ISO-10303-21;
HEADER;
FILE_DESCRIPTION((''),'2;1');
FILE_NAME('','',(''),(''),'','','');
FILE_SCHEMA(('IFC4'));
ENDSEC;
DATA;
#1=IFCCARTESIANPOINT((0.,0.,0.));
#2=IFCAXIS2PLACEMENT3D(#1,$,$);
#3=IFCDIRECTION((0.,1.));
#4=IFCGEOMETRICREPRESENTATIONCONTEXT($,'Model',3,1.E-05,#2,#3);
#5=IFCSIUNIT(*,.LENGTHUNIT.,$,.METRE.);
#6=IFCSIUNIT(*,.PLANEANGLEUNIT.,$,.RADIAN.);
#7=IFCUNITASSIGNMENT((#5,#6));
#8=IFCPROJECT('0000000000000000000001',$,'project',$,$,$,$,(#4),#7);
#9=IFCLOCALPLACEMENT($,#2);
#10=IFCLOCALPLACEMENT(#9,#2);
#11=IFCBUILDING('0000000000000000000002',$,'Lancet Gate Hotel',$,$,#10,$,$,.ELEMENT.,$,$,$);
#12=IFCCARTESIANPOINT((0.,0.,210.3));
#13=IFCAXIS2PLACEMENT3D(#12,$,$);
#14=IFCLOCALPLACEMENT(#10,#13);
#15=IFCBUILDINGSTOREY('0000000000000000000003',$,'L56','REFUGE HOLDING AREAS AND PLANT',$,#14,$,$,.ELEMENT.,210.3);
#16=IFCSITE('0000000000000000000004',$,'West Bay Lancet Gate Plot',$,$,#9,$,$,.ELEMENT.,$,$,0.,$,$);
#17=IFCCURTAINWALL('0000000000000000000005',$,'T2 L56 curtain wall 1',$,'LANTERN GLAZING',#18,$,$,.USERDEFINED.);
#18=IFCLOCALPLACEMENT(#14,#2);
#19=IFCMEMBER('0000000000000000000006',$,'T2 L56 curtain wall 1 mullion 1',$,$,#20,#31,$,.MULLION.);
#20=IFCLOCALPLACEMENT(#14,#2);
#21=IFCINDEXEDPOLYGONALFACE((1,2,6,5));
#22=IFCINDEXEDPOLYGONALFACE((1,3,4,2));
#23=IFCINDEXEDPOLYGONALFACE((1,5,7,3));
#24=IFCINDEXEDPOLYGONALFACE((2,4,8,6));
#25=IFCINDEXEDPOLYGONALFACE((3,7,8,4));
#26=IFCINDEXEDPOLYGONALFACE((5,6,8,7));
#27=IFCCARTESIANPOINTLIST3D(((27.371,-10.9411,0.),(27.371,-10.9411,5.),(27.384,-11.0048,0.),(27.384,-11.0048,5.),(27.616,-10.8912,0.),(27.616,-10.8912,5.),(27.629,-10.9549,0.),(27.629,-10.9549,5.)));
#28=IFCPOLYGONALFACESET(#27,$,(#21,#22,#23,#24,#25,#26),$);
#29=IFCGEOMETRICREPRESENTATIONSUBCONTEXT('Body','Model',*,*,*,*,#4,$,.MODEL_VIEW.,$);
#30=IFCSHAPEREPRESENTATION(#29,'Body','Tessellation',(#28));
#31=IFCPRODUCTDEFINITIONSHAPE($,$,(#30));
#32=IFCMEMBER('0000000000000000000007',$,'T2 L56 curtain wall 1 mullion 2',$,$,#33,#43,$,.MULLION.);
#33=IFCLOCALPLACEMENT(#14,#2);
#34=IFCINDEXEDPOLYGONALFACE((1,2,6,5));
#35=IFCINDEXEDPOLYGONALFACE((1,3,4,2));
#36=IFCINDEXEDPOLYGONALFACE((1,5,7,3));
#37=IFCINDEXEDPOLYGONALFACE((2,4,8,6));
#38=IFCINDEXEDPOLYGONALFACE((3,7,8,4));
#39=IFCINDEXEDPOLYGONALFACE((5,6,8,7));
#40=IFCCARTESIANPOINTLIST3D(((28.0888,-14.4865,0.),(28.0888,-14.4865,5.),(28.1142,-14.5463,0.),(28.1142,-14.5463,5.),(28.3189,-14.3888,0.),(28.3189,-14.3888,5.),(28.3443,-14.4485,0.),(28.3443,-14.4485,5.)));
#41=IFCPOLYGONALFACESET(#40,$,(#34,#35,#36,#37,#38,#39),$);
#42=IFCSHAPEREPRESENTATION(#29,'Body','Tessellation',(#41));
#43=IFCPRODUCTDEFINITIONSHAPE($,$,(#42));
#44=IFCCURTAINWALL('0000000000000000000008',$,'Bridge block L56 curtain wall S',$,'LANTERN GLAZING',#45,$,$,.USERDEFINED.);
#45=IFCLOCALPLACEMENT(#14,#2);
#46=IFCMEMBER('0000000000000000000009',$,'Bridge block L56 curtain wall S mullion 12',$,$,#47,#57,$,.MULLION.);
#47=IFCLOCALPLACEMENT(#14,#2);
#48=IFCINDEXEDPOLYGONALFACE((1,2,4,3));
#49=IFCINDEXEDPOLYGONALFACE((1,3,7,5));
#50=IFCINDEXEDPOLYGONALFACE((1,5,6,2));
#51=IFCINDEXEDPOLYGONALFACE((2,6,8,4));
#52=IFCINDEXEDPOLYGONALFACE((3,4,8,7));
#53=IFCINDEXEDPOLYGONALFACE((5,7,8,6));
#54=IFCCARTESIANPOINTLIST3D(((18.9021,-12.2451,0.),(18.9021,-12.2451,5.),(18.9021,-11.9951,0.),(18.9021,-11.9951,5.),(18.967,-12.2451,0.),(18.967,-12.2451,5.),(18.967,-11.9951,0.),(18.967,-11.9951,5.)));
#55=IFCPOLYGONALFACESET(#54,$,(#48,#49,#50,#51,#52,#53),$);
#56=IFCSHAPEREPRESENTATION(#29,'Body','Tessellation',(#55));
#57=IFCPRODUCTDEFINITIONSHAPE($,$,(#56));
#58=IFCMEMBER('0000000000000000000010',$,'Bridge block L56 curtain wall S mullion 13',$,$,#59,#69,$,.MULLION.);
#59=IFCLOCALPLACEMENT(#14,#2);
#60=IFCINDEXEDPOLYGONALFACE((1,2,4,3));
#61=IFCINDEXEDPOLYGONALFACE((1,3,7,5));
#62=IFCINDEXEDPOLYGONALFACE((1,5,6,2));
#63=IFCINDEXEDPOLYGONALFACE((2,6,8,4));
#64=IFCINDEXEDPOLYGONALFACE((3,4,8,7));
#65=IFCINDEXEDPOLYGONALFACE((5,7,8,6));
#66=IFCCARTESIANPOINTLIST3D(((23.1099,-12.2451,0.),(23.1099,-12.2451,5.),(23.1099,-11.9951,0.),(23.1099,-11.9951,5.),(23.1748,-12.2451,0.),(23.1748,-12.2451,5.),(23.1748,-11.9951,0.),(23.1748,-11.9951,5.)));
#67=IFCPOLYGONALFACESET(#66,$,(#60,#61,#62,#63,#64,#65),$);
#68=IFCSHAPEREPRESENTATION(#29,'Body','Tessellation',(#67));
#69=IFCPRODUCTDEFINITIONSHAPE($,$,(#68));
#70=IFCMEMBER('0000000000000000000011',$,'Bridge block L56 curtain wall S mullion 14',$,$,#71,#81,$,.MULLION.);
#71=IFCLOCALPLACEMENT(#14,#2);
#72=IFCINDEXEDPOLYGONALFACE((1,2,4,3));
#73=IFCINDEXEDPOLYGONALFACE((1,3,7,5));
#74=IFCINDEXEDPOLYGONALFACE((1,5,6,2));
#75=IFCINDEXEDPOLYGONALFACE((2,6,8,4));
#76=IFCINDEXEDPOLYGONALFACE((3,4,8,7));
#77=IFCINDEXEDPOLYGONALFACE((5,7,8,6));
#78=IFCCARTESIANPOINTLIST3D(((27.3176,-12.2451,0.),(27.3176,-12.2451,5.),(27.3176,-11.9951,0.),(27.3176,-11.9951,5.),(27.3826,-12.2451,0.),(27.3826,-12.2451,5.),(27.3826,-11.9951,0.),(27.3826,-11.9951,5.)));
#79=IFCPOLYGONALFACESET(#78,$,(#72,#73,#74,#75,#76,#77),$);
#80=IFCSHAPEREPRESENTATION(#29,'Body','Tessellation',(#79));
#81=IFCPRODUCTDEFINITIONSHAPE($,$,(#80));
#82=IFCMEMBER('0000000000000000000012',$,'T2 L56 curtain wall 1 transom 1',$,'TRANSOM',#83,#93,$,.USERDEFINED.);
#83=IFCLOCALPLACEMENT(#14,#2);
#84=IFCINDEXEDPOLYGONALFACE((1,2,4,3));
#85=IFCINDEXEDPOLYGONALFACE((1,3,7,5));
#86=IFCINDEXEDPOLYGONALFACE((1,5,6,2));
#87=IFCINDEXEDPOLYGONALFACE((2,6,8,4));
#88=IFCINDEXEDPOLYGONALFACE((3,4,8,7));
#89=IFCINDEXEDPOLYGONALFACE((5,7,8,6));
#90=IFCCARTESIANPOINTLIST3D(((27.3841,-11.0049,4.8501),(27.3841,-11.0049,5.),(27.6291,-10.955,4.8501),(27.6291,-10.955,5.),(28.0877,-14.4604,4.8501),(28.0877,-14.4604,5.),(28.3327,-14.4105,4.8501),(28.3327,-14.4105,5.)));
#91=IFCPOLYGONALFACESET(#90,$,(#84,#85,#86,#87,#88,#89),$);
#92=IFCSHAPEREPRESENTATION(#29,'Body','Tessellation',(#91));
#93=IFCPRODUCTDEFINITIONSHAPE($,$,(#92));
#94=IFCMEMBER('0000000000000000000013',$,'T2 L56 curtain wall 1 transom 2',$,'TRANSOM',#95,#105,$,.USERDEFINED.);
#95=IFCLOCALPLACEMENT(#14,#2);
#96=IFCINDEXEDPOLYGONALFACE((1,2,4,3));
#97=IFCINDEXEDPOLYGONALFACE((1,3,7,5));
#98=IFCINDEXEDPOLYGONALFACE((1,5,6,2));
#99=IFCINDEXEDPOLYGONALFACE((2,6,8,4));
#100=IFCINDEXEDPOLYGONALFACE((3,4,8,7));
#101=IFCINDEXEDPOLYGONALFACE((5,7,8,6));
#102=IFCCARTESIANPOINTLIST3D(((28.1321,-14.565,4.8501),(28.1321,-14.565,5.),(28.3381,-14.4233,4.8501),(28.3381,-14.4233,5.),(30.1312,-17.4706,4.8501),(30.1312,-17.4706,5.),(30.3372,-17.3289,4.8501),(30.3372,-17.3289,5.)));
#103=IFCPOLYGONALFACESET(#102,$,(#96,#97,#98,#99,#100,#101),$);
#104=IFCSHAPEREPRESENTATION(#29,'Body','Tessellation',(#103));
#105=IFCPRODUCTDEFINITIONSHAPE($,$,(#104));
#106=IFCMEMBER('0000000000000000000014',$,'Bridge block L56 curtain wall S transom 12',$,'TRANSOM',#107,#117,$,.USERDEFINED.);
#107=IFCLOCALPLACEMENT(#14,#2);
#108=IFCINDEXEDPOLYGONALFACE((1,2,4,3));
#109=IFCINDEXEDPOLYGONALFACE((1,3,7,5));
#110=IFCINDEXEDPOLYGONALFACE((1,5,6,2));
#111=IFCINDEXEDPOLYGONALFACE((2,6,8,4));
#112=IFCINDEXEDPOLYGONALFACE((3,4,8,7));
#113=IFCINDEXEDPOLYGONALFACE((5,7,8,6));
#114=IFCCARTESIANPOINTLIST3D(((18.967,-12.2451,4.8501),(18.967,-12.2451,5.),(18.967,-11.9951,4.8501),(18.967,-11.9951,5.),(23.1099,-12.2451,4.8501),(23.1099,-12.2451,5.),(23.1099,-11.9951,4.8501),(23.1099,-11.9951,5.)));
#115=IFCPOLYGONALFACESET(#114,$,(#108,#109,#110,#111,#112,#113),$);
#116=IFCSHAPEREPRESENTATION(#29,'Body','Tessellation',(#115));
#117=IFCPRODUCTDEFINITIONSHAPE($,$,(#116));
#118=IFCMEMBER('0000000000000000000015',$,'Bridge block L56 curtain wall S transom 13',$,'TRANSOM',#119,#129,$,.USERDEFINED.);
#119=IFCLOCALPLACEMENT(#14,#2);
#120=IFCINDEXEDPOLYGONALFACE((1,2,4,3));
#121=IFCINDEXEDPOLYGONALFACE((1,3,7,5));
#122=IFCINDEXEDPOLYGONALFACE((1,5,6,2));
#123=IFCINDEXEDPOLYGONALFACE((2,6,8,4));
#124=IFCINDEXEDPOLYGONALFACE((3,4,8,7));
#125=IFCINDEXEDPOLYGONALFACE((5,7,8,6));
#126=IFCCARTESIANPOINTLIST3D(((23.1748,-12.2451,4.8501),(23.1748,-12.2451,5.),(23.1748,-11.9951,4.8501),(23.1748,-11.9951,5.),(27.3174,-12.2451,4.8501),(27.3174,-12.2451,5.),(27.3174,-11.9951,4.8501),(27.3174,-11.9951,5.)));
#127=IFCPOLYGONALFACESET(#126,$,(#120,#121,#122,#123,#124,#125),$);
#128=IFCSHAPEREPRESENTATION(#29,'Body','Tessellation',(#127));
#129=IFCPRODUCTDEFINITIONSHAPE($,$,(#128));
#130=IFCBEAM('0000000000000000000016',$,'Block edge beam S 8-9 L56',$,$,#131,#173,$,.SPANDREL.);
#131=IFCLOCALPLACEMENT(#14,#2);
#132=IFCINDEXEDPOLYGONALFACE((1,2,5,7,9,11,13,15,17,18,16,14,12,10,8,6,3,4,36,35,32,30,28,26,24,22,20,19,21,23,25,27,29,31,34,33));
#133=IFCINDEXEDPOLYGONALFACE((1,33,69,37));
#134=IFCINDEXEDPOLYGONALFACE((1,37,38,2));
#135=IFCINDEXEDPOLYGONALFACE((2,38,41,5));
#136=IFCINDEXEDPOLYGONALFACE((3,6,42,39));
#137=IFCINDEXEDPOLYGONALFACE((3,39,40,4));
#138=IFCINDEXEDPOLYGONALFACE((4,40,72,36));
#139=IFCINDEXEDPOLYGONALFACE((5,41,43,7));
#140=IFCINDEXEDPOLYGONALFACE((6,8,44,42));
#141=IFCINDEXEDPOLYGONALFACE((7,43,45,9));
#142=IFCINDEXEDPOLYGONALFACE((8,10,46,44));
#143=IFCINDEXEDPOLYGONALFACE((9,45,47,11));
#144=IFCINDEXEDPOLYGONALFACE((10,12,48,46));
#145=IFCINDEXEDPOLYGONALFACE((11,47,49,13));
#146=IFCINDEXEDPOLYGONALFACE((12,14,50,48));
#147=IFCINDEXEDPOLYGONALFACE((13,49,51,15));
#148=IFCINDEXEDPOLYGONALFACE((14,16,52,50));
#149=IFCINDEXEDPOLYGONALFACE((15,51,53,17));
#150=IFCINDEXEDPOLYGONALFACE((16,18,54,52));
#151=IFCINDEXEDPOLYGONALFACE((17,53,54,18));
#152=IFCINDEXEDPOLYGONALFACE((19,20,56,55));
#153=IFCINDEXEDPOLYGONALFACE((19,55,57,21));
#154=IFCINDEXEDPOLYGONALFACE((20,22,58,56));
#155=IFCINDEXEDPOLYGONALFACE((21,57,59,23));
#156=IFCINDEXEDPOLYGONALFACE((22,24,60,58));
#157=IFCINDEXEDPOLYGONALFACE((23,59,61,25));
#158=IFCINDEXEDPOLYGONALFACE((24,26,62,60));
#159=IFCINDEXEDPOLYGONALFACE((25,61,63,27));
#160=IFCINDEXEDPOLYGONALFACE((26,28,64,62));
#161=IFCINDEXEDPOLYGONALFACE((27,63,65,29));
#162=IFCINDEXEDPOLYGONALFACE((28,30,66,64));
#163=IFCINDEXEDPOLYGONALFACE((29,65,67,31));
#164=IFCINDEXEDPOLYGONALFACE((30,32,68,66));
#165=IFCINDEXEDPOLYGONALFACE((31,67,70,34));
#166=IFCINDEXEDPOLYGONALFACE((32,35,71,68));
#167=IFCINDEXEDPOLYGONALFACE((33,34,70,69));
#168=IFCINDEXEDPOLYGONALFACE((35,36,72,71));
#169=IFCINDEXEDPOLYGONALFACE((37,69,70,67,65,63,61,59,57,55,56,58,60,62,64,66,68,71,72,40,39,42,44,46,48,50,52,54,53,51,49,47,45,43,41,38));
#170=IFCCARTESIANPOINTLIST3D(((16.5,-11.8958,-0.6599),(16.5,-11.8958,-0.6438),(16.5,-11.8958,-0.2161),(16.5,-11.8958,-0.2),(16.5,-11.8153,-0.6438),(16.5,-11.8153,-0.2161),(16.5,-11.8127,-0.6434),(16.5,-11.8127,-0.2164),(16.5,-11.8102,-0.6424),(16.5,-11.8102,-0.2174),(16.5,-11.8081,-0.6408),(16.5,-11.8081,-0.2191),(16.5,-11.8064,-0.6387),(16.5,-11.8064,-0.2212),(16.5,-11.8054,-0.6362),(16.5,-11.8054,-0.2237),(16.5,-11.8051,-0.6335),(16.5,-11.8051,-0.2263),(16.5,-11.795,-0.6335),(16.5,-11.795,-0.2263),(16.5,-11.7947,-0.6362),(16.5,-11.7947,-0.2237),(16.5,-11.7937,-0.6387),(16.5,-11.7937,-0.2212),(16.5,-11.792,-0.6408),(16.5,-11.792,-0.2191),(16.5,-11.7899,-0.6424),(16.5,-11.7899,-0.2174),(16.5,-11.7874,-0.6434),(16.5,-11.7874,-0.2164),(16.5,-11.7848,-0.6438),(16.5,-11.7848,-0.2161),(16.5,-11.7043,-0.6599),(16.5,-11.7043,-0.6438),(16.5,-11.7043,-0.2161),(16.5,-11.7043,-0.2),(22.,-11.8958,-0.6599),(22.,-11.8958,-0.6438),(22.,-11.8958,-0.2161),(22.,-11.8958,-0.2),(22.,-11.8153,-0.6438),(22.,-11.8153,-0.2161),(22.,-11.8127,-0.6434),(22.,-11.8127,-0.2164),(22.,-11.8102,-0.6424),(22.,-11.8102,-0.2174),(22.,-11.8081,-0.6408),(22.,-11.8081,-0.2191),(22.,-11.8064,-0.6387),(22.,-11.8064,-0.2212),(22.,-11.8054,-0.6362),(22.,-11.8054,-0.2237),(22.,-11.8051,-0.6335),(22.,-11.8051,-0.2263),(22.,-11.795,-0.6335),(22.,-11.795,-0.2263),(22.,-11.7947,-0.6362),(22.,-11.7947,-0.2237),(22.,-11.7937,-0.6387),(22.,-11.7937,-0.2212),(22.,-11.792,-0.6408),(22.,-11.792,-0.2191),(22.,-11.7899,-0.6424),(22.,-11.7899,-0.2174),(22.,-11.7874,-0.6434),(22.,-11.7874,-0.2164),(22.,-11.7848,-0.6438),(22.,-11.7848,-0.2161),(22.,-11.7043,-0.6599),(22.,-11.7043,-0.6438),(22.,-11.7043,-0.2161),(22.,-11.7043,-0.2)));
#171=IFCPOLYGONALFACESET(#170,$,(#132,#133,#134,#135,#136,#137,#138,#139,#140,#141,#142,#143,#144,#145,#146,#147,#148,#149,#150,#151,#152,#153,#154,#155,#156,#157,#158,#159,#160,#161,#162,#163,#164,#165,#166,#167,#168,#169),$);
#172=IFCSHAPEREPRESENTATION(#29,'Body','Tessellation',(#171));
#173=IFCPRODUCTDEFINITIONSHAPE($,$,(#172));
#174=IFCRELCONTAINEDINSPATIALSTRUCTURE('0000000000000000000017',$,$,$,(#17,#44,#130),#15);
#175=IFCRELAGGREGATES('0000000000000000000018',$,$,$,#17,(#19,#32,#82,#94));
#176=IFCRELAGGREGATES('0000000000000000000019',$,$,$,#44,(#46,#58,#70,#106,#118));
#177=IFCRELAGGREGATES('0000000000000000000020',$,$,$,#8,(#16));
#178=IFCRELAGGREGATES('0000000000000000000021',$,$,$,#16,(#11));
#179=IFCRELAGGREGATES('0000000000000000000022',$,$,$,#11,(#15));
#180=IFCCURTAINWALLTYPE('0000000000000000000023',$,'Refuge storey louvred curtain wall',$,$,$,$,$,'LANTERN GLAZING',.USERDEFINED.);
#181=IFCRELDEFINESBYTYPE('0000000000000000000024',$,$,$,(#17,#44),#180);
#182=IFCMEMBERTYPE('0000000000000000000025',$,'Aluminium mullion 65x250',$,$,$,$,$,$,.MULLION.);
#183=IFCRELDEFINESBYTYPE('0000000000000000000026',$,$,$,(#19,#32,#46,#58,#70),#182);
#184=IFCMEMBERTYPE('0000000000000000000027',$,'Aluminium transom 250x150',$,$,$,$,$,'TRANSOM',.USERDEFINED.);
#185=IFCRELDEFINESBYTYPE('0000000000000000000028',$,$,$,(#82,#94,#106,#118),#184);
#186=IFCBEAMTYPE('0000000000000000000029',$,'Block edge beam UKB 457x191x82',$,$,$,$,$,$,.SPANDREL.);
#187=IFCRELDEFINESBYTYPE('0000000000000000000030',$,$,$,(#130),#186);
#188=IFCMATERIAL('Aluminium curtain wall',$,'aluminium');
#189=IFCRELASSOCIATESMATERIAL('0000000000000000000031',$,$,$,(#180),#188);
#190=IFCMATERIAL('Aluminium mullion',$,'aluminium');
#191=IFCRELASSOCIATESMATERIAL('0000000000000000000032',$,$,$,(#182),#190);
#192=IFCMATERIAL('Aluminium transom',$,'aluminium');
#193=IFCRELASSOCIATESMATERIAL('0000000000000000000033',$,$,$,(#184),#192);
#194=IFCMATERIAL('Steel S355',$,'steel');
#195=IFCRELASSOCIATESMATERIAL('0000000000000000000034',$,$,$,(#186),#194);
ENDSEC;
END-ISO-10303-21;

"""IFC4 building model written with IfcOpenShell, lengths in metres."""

from ifc_helpers import new_model, si_unit, direction, frame, origin, origin_2d, place, context, subcontext, project, spatial, rectangle, i_section, extrude, material, material_profile, profile_set, type_object, element, aggregate, save


model = new_model("IFC4")

# Units and contexts
model_context = context("Model", 3, precision=1e-05, world=origin(), true_north=direction((0.0, 1.0)))
body_context = subcontext(model_context, "Body", "Model", "MODEL_VIEW")
ifc_project = project(units=[si_unit("LENGTHUNIT", "METRE"), si_unit("PLANEANGLEUNIT", "RADIAN")], contexts=[model_context])

# Site, building, storey
site_placement = place(None, origin())
site = spatial("IfcSite", under=ifc_project, at=site_placement, Name="West Bay Lancet Gate Plot", CompositionType="ELEMENT", RefElevation=0.0)
building_placement = place(site_placement, origin())
building = spatial("IfcBuilding", under=site, at=building_placement, Name="Lancet Gate Hotel", CompositionType="ELEMENT")
storey_placement = place(building_placement, frame((0.0, 0.0, 210.3)))
storey = spatial("IfcBuildingStorey", under=building, at=storey_placement, Name="L56", Description="REFUGE HOLDING AREAS AND PLANT", CompositionType="ELEMENT", Elevation=210.3)

# Curtain walls, members
ifc_material_1 = material(Name="Aluminium curtain wall", Category="aluminium")
curtain_wall_type = type_object("IfcCurtainWallType", Name="Refuge storey louvred curtain wall", ElementType="LANTERN GLAZING", PredefinedType="USERDEFINED", material=ifc_material_1)
curtain_wall_1_placement = place(storey_placement, origin())
curtain_wall_1 = element("IfcCurtainWall", 1, at=curtain_wall_1_placement, inside=storey, type_object=curtain_wall_type, Name="T2 L56 curtain wall 1", ObjectType="LANTERN GLAZING", PredefinedType="USERDEFINED")
ifc_material_2 = material(Name="Aluminium mullion", Category="aluminium")
ifc_material_profile_1 = material_profile(ifc_material_2, rectangle(XDim=0.0649, YDim=0.25, at=origin_2d()), Name="MULLION 65x250")
ifc_profile_set_1 = profile_set([ifc_material_profile_1], Name="Aluminium mullion")
member_type_1 = type_object("IfcMemberType", Name="Aluminium mullion 65x250", PredefinedType="MULLION", material=ifc_profile_set_1)
member_1_placement = place(storey_placement, frame((27.5, -10.948, 0.0), z_axis=(0.0, 0.0, 1.0), x_axis=(0.199533, -0.979891, 0.0)))
member_1 = element("IfcMember", 2, at=member_1_placement, type_object=member_type_1, Name="T2 L56 curtain wall 1 mullion 1", PredefinedType="MULLION", context=body_context, shape_type="SweptSolid", body=[
    extrude(rectangle(XDim=0.0649, YDim=0.25, at=origin_2d()), origin(), (0.0, 0.0, 1.0), 5.0),
])
member_2_placement = place(storey_placement, frame((28.2166, -14.4675, 0.0), z_axis=(0.0, 0.0, 1.0), x_axis=(0.391042, -0.920373, 0.0)))
member_2 = element("IfcMember", 3, at=member_2_placement, type_object=member_type_1, Name="T2 L56 curtain wall 1 mullion 2", PredefinedType="MULLION", context=body_context, shape_type="SweptSolid", body=[
    extrude(rectangle(XDim=0.0649, YDim=0.25, at=origin_2d()), origin(), (0.0, 0.0, 1.0), 5.0),
])
curtain_wall_2_placement = place(storey_placement, origin())
curtain_wall_2 = element("IfcCurtainWall", 4, at=curtain_wall_2_placement, inside=storey, type_object=curtain_wall_type, Name="Bridge block L56 curtain wall S", ObjectType="LANTERN GLAZING", PredefinedType="USERDEFINED")
member_3_placement = place(storey_placement, frame((18.9346, -12.1201, 0.0), z_axis=(0.0, 0.0, 1.0), x_axis=(1.0, 0.0, 0.0)))
member_3 = element("IfcMember", 5, at=member_3_placement, type_object=member_type_1, Name="Bridge block L56 curtain wall S mullion 12", PredefinedType="MULLION", context=body_context, shape_type="SweptSolid", body=[
    extrude(rectangle(XDim=0.0649, YDim=0.25, at=origin_2d()), origin(), (0.0, 0.0, 1.0), 5.0),
])
member_4_placement = place(storey_placement, frame((23.1423, -12.1201, 0.0), z_axis=(0.0, 0.0, 1.0), x_axis=(1.0, 0.0, 0.0)))
member_4 = element("IfcMember", 6, at=member_4_placement, type_object=member_type_1, Name="Bridge block L56 curtain wall S mullion 13", PredefinedType="MULLION", context=body_context, shape_type="SweptSolid", body=[
    extrude(rectangle(XDim=0.0649, YDim=0.25, at=origin_2d()), origin(), (0.0, 0.0, 1.0), 5.0),
])
member_5_placement = place(storey_placement, frame((27.3501, -12.1201, 0.0), z_axis=(0.0, 0.0, 1.0), x_axis=(1.0, 0.0, 0.0)))
member_5 = element("IfcMember", 7, at=member_5_placement, type_object=member_type_1, Name="Bridge block L56 curtain wall S mullion 14", PredefinedType="MULLION", context=body_context, shape_type="SweptSolid", body=[
    extrude(rectangle(XDim=0.0649, YDim=0.25, at=origin_2d()), origin(), (0.0, 0.0, 1.0), 5.0),
])

# Members
ifc_material_3 = material(Name="Aluminium transom", Category="aluminium")
ifc_material_profile_2 = material_profile(ifc_material_3, rectangle(XDim=0.25, YDim=0.1499, at=origin_2d()), Name="TRANSOM 250x150")
ifc_profile_set_2 = profile_set([ifc_material_profile_2], Name="Aluminium transom")
member_type_2 = type_object("IfcMemberType", Name="Aluminium transom 250x150", ElementType="TRANSOM", PredefinedType="USERDEFINED", material=ifc_profile_set_2)
member_6_placement = place(storey_placement, frame((27.5066, -10.98, 4.925), z_axis=(0.199523, -0.979893, 0.0), x_axis=(0.979893, 0.199523, 0.0)))
member_6 = element("IfcMember", 8, at=member_6_placement, type_object=member_type_2, Name="T2 L56 curtain wall 1 transom 1", ObjectType="TRANSOM", PredefinedType="USERDEFINED", context=body_context, shape_type="SweptSolid", body=[
    extrude(rectangle(XDim=0.25, YDim=0.1499, at=origin_2d()), origin(), (0.0, 0.0, 1.0), 3.5264),
])
member_7_placement = place(storey_placement, frame((28.2351, -14.4941, 4.925), z_axis=(0.566814, -0.823846, 0.0), x_axis=(0.823846, 0.566814, 0.0)))
member_7 = element("IfcMember", 9, at=member_7_placement, type_object=member_type_2, Name="T2 L56 curtain wall 1 transom 2", ObjectType="TRANSOM", PredefinedType="USERDEFINED", context=body_context, shape_type="SweptSolid", body=[
    extrude(rectangle(XDim=0.25, YDim=0.1499, at=origin_2d()), origin(), (0.0, 0.0, 1.0), 3.5269),
])
member_8_placement = place(storey_placement, frame((18.967, -12.1201, 4.925), z_axis=(1.0, 0.0, 0.0), x_axis=(0.0, 1.0, 0.0)))
member_8 = element("IfcMember", 10, at=member_8_placement, type_object=member_type_2, Name="Bridge block L56 curtain wall S transom 12", ObjectType="TRANSOM", PredefinedType="USERDEFINED", context=body_context, shape_type="SweptSolid", body=[
    extrude(rectangle(XDim=0.25, YDim=0.1499, at=origin_2d()), origin(), (0.0, 0.0, 1.0), 4.1428),
])
member_9_placement = place(storey_placement, frame((23.1748, -12.1201, 4.925), z_axis=(1.0, 0.0, 0.0), x_axis=(0.0, 1.0, 0.0)))
member_9 = element("IfcMember", 11, at=member_9_placement, type_object=member_type_2, Name="Bridge block L56 curtain wall S transom 13", ObjectType="TRANSOM", PredefinedType="USERDEFINED", context=body_context, shape_type="SweptSolid", body=[
    extrude(rectangle(XDim=0.25, YDim=0.1499, at=origin_2d()), origin(), (0.0, 0.0, 1.0), 4.1426),
])

# Beam
ifc_material_4 = material(Name="Steel S355", Category="steel")
ifc_material_profile_3 = material_profile(ifc_material_4, i_section(OverallWidth=0.1914, OverallDepth=0.46, WebThickness=0.01, FlangeThickness=0.0161, FilletRadius=0.0103, at=origin_2d()), Name="UKB 457x191x82")
ifc_profile_set_3 = profile_set([ifc_material_profile_3], Name="Steel S355")
beam_type_1 = type_object("IfcBeamType", Name="Block edge beam UKB 457x191x82", PredefinedType="SPANDREL", material=ifc_profile_set_3)
beam_1_placement = place(storey_placement, frame((16.5, -11.8, -0.4299), z_axis=(1.0, 0.0, 0.0), x_axis=(0.0, 1.0, 0.0)))
element("IfcBeam", 12, at=beam_1_placement, inside=storey, type_object=beam_type_1, Name="Block edge beam S 8-9 L56", PredefinedType="SPANDREL", context=body_context, shape_type="SweptSolid", body=[
    extrude(i_section(OverallWidth=0.1914, OverallDepth=0.46, WebThickness=0.01, FlangeThickness=0.0161, FilletRadius=0.0103, at=origin_2d()), origin(), (0.0, 0.0, 1.0), 5.5),
])

aggregate(curtain_wall_1, [member_1, member_2, member_6, member_7])
aggregate(curtain_wall_2, [member_3, member_4, member_5, member_8, member_9])

save(model, "model.ifc")
